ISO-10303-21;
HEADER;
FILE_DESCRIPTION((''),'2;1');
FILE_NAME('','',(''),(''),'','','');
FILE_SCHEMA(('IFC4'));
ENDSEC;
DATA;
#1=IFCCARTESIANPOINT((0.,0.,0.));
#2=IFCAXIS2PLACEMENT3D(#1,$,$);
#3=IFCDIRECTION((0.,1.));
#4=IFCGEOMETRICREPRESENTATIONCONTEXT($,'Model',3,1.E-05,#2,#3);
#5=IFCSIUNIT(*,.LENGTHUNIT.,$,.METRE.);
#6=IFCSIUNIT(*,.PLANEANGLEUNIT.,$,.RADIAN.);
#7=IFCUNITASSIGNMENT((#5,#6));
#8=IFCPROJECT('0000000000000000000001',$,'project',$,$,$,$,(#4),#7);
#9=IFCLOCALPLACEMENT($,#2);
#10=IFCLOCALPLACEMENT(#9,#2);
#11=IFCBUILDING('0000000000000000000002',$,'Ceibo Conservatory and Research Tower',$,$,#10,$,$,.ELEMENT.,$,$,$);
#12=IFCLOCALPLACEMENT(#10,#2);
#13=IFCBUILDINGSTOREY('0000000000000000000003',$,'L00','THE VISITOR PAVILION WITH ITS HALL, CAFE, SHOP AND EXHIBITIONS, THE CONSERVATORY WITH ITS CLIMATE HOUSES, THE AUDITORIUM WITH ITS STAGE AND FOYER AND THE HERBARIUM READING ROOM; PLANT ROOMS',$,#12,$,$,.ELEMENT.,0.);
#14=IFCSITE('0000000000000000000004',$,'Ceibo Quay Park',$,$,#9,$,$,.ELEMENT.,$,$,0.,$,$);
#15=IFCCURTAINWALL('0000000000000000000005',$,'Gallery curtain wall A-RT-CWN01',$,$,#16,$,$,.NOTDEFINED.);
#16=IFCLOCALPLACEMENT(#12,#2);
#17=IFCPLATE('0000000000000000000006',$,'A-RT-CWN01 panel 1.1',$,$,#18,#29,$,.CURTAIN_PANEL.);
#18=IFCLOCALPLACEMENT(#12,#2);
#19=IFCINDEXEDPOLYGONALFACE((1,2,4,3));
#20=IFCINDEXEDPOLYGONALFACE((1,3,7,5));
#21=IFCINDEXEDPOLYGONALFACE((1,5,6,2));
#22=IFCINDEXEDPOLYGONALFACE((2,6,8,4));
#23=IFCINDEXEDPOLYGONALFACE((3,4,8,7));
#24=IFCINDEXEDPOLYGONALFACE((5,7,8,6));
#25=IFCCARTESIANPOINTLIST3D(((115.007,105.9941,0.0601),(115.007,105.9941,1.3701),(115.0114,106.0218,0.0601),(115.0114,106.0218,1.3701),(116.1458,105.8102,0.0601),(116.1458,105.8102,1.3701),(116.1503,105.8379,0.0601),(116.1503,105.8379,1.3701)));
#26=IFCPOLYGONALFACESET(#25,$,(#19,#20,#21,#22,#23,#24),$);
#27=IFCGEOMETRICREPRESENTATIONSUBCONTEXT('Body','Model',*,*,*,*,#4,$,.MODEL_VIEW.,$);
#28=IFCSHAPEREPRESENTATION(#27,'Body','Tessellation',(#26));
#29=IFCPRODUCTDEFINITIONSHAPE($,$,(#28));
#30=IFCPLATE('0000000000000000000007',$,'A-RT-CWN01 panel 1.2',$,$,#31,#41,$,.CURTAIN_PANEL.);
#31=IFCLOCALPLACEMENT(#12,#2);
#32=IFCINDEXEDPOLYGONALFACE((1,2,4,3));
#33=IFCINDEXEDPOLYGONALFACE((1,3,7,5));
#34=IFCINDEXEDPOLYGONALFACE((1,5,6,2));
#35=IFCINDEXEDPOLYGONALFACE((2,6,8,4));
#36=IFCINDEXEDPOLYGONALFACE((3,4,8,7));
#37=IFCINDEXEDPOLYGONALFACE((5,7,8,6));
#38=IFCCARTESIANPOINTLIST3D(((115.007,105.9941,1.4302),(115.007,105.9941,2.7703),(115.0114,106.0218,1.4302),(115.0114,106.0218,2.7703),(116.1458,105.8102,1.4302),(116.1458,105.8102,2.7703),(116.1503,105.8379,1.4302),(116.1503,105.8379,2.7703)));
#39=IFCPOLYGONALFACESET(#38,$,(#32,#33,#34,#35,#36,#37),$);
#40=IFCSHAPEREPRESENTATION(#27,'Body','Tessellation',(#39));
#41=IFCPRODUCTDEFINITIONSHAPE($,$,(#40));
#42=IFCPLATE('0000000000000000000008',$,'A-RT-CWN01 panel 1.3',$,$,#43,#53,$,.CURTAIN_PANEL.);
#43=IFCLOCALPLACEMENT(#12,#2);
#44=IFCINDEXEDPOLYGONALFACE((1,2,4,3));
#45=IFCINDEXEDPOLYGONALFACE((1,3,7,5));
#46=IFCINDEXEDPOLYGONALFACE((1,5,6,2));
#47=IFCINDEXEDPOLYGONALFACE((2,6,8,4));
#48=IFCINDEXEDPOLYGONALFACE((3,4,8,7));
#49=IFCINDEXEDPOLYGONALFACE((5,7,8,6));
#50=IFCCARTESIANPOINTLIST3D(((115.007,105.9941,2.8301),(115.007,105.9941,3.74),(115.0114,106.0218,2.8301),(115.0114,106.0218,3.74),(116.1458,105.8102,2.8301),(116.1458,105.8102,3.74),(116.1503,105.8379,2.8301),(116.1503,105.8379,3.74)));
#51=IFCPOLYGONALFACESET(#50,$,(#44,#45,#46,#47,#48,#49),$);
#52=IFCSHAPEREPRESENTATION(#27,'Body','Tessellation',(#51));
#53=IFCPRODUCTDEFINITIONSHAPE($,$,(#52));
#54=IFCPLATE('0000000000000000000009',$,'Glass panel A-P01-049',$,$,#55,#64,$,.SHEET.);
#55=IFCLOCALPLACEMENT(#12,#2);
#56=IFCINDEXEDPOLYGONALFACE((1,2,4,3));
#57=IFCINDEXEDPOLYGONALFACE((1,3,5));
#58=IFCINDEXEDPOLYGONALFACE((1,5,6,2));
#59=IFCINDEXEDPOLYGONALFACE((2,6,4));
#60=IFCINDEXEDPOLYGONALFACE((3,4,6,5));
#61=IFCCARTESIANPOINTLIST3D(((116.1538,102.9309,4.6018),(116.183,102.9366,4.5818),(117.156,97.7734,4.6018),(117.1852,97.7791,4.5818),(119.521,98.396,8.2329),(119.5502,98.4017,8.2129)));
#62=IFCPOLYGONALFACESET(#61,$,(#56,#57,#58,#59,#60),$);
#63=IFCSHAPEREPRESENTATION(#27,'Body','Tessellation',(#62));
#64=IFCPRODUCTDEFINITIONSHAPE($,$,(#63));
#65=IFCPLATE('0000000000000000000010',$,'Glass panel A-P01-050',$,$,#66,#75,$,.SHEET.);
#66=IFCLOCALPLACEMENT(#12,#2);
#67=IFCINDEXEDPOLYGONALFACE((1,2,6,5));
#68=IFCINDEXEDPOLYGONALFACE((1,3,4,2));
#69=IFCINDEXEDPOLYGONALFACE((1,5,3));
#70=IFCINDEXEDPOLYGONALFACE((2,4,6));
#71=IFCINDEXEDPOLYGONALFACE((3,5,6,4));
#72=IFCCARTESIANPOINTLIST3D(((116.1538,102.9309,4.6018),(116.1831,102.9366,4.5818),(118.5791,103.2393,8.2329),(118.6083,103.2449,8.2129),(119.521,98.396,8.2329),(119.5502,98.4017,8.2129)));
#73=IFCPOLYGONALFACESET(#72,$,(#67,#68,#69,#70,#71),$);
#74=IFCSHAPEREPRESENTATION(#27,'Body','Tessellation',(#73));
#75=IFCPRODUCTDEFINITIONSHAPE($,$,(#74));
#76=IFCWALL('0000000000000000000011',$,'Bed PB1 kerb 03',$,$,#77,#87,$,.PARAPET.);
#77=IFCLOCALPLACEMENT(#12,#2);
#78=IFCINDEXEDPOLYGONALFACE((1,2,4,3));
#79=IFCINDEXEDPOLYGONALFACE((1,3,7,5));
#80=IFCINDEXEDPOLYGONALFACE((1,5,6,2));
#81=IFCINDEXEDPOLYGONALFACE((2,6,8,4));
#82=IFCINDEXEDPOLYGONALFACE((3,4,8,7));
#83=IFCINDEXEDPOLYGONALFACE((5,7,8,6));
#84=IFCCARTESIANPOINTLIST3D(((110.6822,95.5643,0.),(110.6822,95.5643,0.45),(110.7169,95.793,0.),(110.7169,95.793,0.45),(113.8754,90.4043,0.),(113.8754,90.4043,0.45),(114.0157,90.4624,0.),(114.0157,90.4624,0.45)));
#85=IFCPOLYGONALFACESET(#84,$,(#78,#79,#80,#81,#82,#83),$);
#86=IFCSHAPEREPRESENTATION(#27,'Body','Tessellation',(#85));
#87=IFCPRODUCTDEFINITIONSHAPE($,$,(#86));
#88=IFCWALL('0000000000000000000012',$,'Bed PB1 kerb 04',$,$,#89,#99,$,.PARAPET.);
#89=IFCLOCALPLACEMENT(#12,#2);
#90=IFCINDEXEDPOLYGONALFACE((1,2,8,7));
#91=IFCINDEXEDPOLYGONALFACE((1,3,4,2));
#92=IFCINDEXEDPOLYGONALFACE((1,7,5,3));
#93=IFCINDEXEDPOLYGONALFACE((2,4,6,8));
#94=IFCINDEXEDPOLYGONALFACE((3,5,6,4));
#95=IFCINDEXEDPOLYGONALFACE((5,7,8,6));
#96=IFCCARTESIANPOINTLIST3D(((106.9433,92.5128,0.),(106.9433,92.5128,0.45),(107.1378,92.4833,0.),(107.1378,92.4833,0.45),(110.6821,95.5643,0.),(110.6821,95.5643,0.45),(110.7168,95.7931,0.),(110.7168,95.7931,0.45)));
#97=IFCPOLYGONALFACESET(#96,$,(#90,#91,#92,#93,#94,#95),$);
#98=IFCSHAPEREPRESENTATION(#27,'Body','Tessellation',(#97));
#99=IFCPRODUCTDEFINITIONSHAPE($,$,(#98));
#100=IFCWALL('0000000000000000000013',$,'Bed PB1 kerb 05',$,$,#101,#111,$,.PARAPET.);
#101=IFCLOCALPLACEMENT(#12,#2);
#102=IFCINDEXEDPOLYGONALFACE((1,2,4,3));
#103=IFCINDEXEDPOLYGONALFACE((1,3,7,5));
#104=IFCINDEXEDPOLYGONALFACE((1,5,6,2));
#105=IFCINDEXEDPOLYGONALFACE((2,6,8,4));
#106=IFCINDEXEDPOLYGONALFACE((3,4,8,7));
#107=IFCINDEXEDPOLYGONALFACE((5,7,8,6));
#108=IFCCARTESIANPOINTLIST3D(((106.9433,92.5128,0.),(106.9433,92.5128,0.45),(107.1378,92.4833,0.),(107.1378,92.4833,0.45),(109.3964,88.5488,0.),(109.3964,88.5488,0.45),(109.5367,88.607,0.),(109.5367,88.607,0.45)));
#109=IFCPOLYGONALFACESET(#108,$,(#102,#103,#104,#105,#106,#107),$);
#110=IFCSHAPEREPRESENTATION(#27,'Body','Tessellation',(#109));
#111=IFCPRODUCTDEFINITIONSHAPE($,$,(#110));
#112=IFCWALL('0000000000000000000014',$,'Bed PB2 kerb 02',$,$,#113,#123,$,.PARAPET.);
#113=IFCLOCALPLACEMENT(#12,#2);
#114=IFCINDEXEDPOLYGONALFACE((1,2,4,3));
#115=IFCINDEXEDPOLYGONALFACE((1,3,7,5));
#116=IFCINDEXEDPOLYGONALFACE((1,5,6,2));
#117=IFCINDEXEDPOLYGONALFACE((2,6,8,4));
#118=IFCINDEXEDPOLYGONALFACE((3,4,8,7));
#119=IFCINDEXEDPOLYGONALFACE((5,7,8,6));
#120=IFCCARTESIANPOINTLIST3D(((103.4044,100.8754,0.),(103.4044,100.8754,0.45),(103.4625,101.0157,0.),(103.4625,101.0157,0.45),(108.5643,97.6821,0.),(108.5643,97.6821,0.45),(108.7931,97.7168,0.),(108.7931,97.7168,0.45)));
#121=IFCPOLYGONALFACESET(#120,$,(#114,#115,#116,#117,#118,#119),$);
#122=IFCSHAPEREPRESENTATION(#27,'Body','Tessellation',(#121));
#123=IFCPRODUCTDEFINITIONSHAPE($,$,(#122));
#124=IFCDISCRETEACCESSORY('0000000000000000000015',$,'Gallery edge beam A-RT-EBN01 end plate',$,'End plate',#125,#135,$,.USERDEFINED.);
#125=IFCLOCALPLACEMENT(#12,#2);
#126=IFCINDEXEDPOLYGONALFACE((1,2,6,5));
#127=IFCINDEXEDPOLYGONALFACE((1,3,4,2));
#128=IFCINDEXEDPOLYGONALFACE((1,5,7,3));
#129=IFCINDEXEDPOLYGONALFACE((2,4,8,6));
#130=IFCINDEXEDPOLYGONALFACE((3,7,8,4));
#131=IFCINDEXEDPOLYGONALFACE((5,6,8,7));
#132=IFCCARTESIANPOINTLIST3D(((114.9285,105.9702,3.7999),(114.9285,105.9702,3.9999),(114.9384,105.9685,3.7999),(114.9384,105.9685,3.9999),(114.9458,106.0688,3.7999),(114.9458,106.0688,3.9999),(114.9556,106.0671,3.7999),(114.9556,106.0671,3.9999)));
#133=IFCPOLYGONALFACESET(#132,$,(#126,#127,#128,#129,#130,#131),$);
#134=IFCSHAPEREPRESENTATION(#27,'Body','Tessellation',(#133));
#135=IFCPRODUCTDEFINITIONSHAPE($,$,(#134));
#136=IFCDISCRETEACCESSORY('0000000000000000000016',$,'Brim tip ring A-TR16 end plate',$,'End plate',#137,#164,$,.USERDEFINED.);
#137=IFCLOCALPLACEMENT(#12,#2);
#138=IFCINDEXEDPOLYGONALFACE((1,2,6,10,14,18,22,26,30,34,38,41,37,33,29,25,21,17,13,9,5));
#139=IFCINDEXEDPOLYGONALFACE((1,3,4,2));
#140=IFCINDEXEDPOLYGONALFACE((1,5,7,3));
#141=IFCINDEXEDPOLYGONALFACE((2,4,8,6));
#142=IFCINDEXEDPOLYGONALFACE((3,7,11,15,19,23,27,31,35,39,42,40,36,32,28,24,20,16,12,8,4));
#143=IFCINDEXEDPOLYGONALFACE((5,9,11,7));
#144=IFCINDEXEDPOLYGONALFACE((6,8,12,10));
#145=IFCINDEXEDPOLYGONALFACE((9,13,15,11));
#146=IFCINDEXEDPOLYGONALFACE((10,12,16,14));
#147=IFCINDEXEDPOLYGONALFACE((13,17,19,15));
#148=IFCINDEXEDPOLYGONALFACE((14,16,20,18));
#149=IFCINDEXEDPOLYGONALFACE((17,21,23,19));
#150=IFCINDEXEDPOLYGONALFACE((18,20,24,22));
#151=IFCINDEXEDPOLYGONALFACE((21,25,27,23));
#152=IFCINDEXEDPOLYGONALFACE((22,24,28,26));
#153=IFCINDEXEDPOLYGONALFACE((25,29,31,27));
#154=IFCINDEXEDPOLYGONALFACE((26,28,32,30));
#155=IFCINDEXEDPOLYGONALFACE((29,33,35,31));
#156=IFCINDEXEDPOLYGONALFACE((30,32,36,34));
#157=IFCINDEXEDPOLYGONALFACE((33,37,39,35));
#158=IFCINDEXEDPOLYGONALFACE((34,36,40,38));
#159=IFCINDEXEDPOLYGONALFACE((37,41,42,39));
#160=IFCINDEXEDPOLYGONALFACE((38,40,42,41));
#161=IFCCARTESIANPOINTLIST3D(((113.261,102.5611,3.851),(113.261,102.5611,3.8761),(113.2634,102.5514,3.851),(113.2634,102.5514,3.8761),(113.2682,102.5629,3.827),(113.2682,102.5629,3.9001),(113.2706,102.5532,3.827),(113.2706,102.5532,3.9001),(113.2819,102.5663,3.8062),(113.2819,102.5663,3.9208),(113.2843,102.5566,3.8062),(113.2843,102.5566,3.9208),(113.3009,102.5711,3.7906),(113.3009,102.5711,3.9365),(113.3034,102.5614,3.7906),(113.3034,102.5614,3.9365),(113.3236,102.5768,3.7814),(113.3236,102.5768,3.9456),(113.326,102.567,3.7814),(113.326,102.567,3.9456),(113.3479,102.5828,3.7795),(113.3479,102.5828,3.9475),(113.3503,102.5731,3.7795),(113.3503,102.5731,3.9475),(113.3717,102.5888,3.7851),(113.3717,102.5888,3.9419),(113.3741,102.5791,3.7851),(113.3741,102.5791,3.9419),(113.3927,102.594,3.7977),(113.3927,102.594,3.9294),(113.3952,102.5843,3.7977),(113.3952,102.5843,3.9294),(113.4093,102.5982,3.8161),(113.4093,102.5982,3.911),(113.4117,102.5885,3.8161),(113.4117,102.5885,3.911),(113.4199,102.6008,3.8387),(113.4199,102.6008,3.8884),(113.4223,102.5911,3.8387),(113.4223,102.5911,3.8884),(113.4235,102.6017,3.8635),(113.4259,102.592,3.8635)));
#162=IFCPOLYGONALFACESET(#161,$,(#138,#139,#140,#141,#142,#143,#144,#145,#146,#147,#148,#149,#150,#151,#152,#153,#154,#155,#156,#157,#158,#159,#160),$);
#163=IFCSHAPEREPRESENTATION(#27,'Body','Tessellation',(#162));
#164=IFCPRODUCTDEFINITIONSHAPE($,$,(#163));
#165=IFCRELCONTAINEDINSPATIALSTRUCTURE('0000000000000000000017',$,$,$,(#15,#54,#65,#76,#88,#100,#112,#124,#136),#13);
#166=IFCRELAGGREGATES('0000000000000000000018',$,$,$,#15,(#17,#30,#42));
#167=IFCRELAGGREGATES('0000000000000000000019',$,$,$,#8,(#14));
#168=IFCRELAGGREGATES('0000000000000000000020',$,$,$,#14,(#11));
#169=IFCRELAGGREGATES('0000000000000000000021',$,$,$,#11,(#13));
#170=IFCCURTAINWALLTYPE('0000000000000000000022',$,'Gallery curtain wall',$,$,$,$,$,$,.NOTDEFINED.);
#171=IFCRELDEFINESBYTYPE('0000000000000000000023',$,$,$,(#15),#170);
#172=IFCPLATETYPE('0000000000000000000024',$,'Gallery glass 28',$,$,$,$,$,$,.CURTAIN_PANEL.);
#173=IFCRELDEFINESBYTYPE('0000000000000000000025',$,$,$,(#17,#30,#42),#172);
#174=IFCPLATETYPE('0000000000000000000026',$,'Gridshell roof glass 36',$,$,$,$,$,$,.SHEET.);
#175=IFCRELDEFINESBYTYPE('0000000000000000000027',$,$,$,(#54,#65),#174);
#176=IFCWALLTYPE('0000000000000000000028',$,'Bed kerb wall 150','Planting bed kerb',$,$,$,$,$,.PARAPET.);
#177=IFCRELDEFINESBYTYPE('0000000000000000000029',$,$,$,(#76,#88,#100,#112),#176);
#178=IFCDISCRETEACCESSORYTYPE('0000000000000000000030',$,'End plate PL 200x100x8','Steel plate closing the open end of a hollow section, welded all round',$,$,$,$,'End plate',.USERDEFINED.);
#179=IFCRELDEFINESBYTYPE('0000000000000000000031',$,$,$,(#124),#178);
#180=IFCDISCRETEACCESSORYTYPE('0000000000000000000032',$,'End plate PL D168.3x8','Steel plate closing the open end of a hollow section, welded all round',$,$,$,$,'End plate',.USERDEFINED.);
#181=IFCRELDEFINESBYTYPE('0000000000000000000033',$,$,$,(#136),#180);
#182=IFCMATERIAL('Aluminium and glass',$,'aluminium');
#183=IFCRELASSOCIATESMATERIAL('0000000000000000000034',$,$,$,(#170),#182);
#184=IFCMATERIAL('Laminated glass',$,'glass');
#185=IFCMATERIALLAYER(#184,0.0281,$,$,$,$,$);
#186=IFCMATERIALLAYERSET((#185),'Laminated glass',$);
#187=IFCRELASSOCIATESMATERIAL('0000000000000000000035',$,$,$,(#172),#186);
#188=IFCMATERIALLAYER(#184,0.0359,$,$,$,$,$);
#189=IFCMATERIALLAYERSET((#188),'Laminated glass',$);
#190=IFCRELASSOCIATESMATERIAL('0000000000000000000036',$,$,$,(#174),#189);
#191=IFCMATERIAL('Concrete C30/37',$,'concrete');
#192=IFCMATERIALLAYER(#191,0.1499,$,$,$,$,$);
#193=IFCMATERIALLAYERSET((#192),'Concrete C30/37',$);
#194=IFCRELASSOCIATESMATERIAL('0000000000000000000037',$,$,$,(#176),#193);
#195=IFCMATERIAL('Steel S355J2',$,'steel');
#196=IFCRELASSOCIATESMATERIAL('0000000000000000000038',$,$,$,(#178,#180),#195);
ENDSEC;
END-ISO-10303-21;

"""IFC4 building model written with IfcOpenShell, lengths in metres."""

from ifc_helpers import new_model, si_unit, direction, frame, origin, origin_2d, place, context, subcontext, project, spatial, polyline, rectangle, circle, outline, extrude, material, layer, layer_set, material_profile, profile_set, type_object, element, aggregate, save


model = new_model("IFC4")

# Units and contexts
model_context = context("Model", 3, precision=1e-05, world=origin(), true_north=direction((0.0, 1.0)))
body_context = subcontext(model_context, "Body", "Model", "MODEL_VIEW")
ifc_project = project(units=[si_unit("LENGTHUNIT", "METRE"), si_unit("PLANEANGLEUNIT", "RADIAN")], contexts=[model_context])

# Site, building, storey
site_placement = place(None, origin())
site = spatial("IfcSite", under=ifc_project, at=site_placement, Name="Ceibo Quay Park", CompositionType="ELEMENT", RefElevation=0.0)
building_placement = place(site_placement, origin())
building = spatial("IfcBuilding", under=site, at=building_placement, Name="Ceibo Conservatory and Research Tower", CompositionType="ELEMENT")
storey_placement = place(building_placement, origin())
storey = spatial("IfcBuildingStorey", under=building, at=storey_placement, Name="L00", Description="THE VISITOR PAVILION WITH ITS HALL, CAFE, SHOP AND EXHIBITIONS, THE CONSERVATORY WITH ITS CLIMATE HOUSES, THE AUDITORIUM WITH ITS STAGE AND FOYER AND THE HERBARIUM READING ROOM; PLANT ROOMS", CompositionType="ELEMENT", Elevation=0.0)

# Shared definitions
ifc_material_1 = material(Name="Aluminium and glass", Category="aluminium")

# Curtain wall
curtain_wall_type_1 = type_object("IfcCurtainWallType", Name="Gallery curtain wall", PredefinedType="NOTDEFINED", material=ifc_material_1)
curtain_wall_1_placement = place(storey_placement, origin())
curtain_wall_1 = element("IfcCurtainWall", 1, at=curtain_wall_1_placement, inside=storey, type_object=curtain_wall_type_1, Name="Gallery curtain wall A-RT-CWN01", PredefinedType="NOTDEFINED")

# Plates
ifc_material_2 = material(Name="Laminated glass", Category="glass")
ifc_layer_1 = layer(ifc_material_2, 0.0281)
ifc_layer_set_1 = layer_set([ifc_layer_1], Name="Laminated glass")
plate_type_1 = type_object("IfcPlateType", Name="Gallery glass 28", PredefinedType="CURTAIN_PANEL", material=ifc_layer_set_1)
plate_1_placement = place(storey_placement, frame((115.5786, 105.916, 0.0601), z_axis=(0.0, 0.0, 1.0), x_axis=(-0.987216, 0.159391, 0.0)))
plate_1 = element("IfcPlate", 2, at=plate_1_placement, type_object=plate_type_1, Name="A-RT-CWN01 panel 1.1", PredefinedType="CURTAIN_PANEL", context=body_context, shape_type="SweptSolid", body=[
    extrude(rectangle(XDim=1.1536, YDim=0.0281, at=origin_2d()), origin(), (0.0, 0.0, 1.0), 1.3101),
])
plate_2_placement = place(storey_placement, frame((115.5786, 105.916, 1.4302), z_axis=(0.0, 0.0, 1.0), x_axis=(-0.987216, 0.159391, 0.0)))
plate_2 = element("IfcPlate", 3, at=plate_2_placement, type_object=plate_type_1, Name="A-RT-CWN01 panel 1.2", PredefinedType="CURTAIN_PANEL", context=body_context, shape_type="SweptSolid", body=[
    extrude(rectangle(XDim=1.1536, YDim=0.0281, at=origin_2d()), origin(), (0.0, 0.0, 1.0), 1.3401),
])
plate_3_placement = place(storey_placement, frame((115.5786, 105.916, 2.8301), z_axis=(0.0, 0.0, 1.0), x_axis=(-0.987216, 0.159391, 0.0)))
plate_3 = element("IfcPlate", 4, at=plate_3_placement, type_object=plate_type_1, Name="A-RT-CWN01 panel 1.3", PredefinedType="CURTAIN_PANEL", context=body_context, shape_type="SweptSolid", body=[
    extrude(rectangle(XDim=1.1536, YDim=0.0281, at=origin_2d()), origin(), (0.0, 0.0, 1.0), 0.9099),
])
aggregate(curtain_wall_1, [plate_1, plate_2, plate_3])

# Plates
ifc_layer_2 = layer(ifc_material_2, 0.0359)
ifc_layer_set_2 = layer_set([ifc_layer_2], Name="Laminated glass")
plate_type_2 = type_object("IfcPlateType", Name="Gridshell roof glass 36", PredefinedType="SHEET", material=ifc_layer_set_2)
plate_4_placement = place(storey_placement, frame((116.1538, 102.9309, 4.6018), z_axis=(-0.814739, -0.15832, 0.557795), x_axis=(0.190752, -0.981638, 0.0)))
element("IfcPlate", 5, at=plate_4_placement, inside=storey, type_object=plate_type_2, Name="Glass panel A-P01-049", PredefinedType="SHEET", context=body_context, shape_type="SweptSolid", body=[
    extrude(outline(polyline([(0.0, 0.0), (5.2539, 0.0), (5.0939, 4.3749), (0.0, 0.0)])), origin(), (0.0, 0.0, -1.0), 0.0359),
])
plate_5_placement = place(storey_placement, frame((116.1538, 102.9309, 4.6018), z_axis=(-0.814794, -0.158457, 0.557675), x_axis=(0.501459, -0.675363, 0.540763)))
element("IfcPlate", 6, at=plate_5_placement, inside=storey, type_object=plate_type_2, Name="Glass panel A-P01-050", PredefinedType="SHEET", context=body_context, shape_type="SweptSolid", body=[
    extrude(outline(polyline([(0.0, 0.0), (6.7148, 0.0), (2.9715, 3.2144), (0.0, 0.0)])), origin(), (0.0, 0.0, -1.0), 0.0359),
])

# Walls
ifc_material_3 = material(Name="Concrete C30/37", Category="concrete")
ifc_layer_3 = layer(ifc_material_3, 0.1499)
ifc_layer_set_3 = layer_set([ifc_layer_3], Name="Concrete C30/37")
wall_type = type_object("IfcWallType", Name="Bed kerb wall 150", Description="Planting bed kerb", PredefinedType="PARAPET", material=ifc_layer_set_3)
wall_1_placement = place(storey_placement, frame((113.9456, 90.4333, 0.0), z_axis=(0.0, 0.0, 1.0), x_axis=(-0.526233, 0.85034, 0.0)))
element("IfcWall", 7, at=wall_1_placement, inside=storey, type_object=wall_type, Name="Bed PB1 kerb 03", PredefinedType="PARAPET", context=body_context, shape_type="SweptSolid", body=[
    extrude(outline(polyline([(-0.0122, -0.075), (6.2566, -0.075), (6.0803, 0.075), (0.0122, 0.075), (-0.0122, -0.075)])), origin(), (0.0, 0.0, 1.0), 0.45),
])
wall_2_placement = place(storey_placement, frame((110.6995, 95.6787, 0.0), z_axis=(0.0, 0.0, 1.0), x_axis=(-0.75471, -0.656059, 0.0)))
element("IfcWall", 8, at=wall_2_placement, inside=storey, type_object=wall_type, Name="Bed PB1 kerb 04", PredefinedType="PARAPET", context=body_context, shape_type="SweptSolid", body=[
    extrude(outline(polyline([(-0.0881, -0.075), (4.9119, -0.075), (4.7844, 0.075), (0.0881, 0.075), (-0.0881, -0.075)])), origin(), (0.0, 0.0, 1.0), 0.45),
])
wall_3_placement = place(storey_placement, frame((107.0405, 92.498, 0.0), z_axis=(0.0, 0.0, 1.0), x_axis=(0.526238, -0.850337, 0.0)))
element("IfcWall", 9, at=wall_3_placement, inside=storey, type_object=wall_type, Name="Bed PB1 kerb 05", PredefinedType="PARAPET", context=body_context, shape_type="SweptSolid", body=[
    extrude(outline(polyline([(-0.0637, -0.075), (4.5979, -0.075), (4.6223, 0.075), (0.0637, 0.075), (-0.0637, -0.075)])), origin(), (0.0, 0.0, 1.0), 0.45),
])
wall_4_placement = place(storey_placement, frame((108.6787, 97.6995, 0.0), z_axis=(0.0, 0.0, 1.0), x_axis=(-0.85034, 0.526233, 0.0)))
element("IfcWall", 10, at=wall_4_placement, inside=storey, type_object=wall_type, Name="Bed PB2 kerb 02", PredefinedType="PARAPET", context=body_context, shape_type="SweptSolid", body=[
    extrude(outline(polyline([(-0.0881, -0.075), (6.1807, -0.075), (6.1562, 0.075), (0.0881, 0.075), (-0.0881, -0.075)])), origin(), (0.0, 0.0, 1.0), 0.45),
])

# Discrete accessories
ifc_material_4 = material(Name="Steel S355J2", Category="steel")
ifc_material_profile_1 = material_profile(ifc_material_4, rectangle(XDim=0.1001, YDim=0.2, at=origin_2d()), Name="End plate PL 200x100x8")
ifc_profile_set_1 = profile_set([ifc_material_profile_1], Name="Steel S355J2")
discrete_accessory_type_1 = type_object("IfcDiscreteAccessoryType", Name="End plate PL 200x100x8", Description="Steel plate closing the open end of a hollow section, welded all round", ElementType="End plate", PredefinedType="USERDEFINED", material=ifc_profile_set_1)
discrete_accessory_1_placement = place(storey_placement, frame((114.947, 106.0178, 3.8999), z_axis=(-0.98503, 0.17238, 0.0), x_axis=(-0.17238, -0.98503, 0.0)))
element("IfcDiscreteAccessory", 11, at=discrete_accessory_1_placement, inside=storey, type_object=discrete_accessory_type_1, Name="Gallery edge beam A-RT-EBN01 end plate", ObjectType="End plate", PredefinedType="USERDEFINED", context=body_context, shape_type="SweptSolid", body=[
    extrude(rectangle(XDim=0.1001, YDim=0.2, at=origin_2d()), origin(), (0.0, 0.0, 1.0), 0.01),
])
ifc_material_profile_2 = material_profile(ifc_material_4, circle(Radius=0.0842, at=origin_2d()), Name="End plate PL D168.3x8")
ifc_profile_set_2 = profile_set([ifc_material_profile_2], Name="Steel S355J2")
discrete_accessory_type_2 = type_object("IfcDiscreteAccessoryType", Name="End plate PL D168.3x8", Description="Steel plate closing the open end of a hollow section, welded all round", ElementType="End plate", PredefinedType="USERDEFINED", material=ifc_profile_set_2)
discrete_accessory_2_placement = place(storey_placement, frame((113.3418, 102.5813, 3.8635), z_axis=(0.242536, -0.970143, 0.0), x_axis=(0.970143, 0.242536, 0.0)))
element("IfcDiscreteAccessory", 12, at=discrete_accessory_2_placement, inside=storey, type_object=discrete_accessory_type_2, Name="Brim tip ring A-TR16 end plate", ObjectType="End plate", PredefinedType="USERDEFINED", context=body_context, shape_type="SweptSolid", body=[
    extrude(circle(Radius=0.0842, at=origin_2d()), origin(), (0.0, 0.0, 1.0), 0.01),
])

save(model, "model.ifc")
